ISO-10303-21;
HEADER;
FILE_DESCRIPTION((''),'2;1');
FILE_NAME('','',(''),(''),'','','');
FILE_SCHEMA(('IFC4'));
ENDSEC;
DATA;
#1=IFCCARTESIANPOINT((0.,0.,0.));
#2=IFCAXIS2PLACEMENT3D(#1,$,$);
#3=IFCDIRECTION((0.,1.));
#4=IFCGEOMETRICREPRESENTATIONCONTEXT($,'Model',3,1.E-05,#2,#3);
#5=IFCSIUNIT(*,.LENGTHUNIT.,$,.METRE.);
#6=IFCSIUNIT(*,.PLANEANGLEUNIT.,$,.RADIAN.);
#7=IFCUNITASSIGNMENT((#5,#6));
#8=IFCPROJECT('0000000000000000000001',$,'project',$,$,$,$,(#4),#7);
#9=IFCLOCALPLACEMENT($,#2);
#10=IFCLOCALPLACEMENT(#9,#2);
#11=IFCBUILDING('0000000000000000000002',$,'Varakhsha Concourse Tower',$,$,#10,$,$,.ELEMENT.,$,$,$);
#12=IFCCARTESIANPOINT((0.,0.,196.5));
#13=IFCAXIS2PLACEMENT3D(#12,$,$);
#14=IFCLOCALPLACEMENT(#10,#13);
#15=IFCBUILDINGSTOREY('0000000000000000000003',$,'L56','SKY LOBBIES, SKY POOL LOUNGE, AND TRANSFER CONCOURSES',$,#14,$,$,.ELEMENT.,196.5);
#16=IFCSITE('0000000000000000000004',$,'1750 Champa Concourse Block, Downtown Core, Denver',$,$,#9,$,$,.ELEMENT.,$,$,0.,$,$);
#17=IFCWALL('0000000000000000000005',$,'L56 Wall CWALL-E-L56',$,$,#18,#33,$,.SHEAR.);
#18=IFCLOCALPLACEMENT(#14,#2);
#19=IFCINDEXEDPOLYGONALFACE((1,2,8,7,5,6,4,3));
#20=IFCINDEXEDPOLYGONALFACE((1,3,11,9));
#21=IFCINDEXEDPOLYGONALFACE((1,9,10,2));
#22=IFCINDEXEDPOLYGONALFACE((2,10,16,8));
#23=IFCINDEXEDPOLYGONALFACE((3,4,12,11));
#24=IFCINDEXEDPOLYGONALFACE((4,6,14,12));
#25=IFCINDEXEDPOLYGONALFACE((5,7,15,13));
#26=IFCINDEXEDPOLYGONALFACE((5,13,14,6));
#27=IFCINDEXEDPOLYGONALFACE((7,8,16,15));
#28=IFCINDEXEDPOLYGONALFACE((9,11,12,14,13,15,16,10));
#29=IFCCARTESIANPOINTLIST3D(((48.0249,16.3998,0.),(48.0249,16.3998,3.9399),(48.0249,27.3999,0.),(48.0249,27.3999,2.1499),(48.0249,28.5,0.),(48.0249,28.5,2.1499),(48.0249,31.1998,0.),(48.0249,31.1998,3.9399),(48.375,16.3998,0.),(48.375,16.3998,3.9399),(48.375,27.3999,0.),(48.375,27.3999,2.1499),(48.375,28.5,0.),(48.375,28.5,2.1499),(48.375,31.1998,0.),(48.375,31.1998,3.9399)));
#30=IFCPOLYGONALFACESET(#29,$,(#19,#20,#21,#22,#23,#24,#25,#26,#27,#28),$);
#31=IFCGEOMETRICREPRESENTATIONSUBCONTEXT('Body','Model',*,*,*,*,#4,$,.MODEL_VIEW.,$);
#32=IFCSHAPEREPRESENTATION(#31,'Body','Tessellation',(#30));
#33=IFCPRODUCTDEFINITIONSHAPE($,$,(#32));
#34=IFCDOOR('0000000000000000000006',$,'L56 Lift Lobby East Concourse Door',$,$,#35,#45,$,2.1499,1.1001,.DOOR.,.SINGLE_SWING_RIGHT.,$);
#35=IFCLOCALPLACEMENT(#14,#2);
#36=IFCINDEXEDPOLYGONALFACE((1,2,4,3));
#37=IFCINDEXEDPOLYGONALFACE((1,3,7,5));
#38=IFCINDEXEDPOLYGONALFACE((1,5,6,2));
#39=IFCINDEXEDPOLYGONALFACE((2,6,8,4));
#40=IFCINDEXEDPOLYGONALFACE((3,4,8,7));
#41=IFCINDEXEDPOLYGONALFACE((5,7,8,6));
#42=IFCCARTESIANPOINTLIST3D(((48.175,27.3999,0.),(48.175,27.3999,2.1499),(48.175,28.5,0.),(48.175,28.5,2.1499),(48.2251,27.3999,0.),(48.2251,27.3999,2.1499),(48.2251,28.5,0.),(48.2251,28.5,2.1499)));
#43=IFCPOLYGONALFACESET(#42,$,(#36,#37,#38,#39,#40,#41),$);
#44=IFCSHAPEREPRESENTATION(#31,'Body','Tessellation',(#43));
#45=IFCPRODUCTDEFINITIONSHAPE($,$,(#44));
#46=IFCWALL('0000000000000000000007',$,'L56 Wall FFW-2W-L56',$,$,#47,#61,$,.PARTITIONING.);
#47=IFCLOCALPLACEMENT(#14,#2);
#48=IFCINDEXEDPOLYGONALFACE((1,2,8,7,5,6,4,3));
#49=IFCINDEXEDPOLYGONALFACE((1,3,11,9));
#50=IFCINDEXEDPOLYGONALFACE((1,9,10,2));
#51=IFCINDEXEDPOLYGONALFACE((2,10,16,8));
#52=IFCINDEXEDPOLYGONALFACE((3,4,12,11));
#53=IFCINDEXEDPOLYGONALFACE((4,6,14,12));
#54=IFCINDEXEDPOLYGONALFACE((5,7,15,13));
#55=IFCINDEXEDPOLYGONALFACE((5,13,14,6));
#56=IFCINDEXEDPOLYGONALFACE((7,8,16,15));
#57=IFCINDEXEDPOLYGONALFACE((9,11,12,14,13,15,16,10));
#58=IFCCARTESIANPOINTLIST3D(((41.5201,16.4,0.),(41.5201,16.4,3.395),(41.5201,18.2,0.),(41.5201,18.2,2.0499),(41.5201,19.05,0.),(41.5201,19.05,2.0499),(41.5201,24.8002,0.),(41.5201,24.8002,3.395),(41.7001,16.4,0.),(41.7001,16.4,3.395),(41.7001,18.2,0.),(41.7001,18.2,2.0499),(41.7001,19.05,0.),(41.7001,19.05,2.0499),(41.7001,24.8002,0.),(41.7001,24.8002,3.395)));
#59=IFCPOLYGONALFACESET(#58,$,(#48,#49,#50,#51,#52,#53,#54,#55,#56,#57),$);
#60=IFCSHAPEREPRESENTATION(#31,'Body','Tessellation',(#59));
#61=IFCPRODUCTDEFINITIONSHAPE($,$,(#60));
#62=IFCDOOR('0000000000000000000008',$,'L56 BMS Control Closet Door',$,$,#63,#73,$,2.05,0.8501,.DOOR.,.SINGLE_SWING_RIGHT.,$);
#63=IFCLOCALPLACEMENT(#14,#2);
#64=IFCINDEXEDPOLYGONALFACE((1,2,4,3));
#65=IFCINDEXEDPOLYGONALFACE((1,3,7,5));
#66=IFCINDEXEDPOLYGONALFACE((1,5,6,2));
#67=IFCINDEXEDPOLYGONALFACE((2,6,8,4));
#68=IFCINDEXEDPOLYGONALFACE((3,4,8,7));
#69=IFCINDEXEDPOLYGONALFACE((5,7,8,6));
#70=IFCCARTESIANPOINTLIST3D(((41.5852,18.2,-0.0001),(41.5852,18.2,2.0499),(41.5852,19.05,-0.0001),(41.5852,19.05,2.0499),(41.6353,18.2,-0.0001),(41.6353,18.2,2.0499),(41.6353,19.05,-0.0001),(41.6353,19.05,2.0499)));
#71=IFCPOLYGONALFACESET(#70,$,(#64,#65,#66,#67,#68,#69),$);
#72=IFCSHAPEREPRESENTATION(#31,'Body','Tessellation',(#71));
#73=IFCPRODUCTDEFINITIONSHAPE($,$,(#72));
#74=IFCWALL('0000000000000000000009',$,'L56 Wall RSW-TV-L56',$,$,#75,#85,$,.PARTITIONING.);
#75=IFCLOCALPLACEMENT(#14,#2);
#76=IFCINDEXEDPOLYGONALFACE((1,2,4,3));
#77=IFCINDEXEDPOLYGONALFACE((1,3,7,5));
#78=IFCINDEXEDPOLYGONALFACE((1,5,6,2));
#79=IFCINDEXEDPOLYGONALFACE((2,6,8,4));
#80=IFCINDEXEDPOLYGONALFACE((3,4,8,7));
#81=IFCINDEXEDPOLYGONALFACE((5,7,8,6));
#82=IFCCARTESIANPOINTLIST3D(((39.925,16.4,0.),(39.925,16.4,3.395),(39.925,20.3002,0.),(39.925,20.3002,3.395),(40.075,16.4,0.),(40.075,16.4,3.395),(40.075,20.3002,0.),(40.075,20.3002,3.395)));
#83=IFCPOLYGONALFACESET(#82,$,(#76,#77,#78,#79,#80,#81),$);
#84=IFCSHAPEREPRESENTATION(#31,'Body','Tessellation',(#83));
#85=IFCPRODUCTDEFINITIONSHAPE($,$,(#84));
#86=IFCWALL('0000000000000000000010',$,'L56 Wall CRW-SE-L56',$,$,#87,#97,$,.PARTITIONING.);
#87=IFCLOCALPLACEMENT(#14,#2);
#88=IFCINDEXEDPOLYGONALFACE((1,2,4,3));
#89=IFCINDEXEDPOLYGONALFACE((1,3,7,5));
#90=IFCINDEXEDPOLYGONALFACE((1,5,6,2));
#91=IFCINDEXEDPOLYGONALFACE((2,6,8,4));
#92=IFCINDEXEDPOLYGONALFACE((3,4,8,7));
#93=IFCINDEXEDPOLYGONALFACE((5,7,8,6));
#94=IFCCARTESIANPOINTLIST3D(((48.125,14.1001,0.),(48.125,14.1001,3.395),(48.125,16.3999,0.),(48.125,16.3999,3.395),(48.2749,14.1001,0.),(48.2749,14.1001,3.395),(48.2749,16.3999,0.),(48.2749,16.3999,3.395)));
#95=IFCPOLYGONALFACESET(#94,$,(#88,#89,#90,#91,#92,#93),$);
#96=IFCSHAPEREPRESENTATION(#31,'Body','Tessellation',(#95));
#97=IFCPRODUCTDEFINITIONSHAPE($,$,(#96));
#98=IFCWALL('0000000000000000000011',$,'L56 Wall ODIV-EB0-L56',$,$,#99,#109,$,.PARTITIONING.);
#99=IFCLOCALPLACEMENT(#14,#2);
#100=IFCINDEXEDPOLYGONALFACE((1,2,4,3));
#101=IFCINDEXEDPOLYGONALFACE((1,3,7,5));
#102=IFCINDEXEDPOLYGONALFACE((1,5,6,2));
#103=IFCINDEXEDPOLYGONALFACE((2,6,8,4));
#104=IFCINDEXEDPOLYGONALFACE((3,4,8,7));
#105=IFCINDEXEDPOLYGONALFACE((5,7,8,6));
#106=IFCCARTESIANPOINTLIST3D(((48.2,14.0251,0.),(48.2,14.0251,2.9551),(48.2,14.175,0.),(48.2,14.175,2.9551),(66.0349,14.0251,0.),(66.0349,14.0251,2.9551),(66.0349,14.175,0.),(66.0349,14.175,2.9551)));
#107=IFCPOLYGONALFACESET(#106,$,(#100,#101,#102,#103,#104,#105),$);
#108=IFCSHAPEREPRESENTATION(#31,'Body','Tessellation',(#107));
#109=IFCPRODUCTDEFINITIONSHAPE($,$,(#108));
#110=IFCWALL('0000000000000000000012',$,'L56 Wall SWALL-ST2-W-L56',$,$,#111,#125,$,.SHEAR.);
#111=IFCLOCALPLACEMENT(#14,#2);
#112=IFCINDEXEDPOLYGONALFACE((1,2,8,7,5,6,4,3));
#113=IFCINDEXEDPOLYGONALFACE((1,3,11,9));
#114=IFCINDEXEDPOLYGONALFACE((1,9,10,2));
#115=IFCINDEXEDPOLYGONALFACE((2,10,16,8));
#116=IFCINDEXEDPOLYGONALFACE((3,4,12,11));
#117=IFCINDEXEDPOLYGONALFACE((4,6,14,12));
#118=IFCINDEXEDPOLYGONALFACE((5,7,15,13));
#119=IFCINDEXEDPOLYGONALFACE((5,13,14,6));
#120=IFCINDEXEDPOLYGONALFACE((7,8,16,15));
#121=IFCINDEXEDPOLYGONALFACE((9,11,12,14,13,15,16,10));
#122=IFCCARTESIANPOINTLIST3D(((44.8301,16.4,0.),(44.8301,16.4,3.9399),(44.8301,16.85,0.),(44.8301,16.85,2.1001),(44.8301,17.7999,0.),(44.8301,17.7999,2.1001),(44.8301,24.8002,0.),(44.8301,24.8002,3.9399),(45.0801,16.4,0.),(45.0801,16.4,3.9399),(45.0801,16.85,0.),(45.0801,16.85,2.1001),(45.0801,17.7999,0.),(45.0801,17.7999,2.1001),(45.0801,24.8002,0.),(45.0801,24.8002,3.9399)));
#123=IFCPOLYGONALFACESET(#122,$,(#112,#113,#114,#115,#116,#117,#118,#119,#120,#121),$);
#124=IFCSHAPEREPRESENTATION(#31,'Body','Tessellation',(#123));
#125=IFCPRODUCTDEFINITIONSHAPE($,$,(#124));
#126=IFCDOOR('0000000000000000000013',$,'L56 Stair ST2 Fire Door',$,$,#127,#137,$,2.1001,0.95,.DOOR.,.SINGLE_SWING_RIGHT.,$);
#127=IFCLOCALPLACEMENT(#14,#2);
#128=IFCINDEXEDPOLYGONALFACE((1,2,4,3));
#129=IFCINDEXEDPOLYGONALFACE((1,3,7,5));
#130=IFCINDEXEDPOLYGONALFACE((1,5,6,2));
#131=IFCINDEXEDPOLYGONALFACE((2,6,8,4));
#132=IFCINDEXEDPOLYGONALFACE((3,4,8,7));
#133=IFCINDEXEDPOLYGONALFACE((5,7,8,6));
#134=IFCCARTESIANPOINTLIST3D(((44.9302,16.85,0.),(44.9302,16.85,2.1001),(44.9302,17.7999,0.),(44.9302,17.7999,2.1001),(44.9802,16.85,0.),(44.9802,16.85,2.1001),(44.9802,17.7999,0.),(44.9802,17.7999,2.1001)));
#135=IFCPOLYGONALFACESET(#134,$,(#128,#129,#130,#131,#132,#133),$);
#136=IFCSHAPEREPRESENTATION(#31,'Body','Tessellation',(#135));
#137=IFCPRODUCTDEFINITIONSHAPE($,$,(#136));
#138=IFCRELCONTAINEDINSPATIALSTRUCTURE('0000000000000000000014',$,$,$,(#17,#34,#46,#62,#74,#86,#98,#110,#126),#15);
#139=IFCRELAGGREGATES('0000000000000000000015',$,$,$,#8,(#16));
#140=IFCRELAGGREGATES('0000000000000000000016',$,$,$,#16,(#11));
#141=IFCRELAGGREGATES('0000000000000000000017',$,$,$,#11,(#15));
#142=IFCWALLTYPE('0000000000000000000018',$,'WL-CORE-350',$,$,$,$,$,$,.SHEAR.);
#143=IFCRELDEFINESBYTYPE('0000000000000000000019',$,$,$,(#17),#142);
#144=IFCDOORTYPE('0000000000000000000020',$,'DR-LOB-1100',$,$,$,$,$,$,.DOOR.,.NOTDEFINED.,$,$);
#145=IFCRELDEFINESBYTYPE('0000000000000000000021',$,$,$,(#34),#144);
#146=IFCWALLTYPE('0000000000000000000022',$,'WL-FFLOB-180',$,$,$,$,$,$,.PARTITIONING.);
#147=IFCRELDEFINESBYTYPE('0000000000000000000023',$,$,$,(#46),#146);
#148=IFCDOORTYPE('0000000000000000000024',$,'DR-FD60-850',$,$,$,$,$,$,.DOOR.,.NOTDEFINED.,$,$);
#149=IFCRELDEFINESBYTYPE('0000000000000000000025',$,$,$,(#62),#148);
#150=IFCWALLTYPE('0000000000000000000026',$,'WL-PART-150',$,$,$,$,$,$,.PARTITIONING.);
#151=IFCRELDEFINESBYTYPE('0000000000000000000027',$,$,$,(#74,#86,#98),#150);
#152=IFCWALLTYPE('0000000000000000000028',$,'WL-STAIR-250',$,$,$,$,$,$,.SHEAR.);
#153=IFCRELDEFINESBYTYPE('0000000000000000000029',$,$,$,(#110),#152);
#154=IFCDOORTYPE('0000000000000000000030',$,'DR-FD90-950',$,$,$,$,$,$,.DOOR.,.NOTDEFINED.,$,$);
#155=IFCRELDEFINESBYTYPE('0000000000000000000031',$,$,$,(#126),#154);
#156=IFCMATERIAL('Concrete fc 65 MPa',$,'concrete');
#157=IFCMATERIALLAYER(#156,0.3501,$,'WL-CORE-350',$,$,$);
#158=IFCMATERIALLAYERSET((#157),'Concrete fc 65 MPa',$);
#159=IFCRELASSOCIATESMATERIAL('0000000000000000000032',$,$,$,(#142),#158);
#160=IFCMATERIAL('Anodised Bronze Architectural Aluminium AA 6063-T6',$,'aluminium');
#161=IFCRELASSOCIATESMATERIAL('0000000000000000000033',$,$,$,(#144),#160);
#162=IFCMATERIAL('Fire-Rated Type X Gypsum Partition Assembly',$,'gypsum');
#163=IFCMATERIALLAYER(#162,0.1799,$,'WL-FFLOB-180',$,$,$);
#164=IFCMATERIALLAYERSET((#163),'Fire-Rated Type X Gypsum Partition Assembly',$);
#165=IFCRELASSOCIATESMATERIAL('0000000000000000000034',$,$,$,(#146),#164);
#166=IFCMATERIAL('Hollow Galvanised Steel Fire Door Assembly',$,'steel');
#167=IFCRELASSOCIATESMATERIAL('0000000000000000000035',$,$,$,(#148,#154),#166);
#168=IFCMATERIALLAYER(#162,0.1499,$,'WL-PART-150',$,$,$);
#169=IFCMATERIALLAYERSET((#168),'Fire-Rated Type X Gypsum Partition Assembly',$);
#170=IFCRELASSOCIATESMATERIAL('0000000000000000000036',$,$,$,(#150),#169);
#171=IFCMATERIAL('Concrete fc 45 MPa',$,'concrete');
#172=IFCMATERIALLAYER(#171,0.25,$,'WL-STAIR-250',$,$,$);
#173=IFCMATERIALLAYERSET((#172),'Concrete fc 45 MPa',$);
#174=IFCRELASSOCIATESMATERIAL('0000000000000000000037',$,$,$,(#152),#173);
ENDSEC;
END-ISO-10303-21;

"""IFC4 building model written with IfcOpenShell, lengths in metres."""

from ifc_helpers import new_model, si_unit, direction, frame, frame_2d, origin, place, context, subcontext, project, spatial, rectangle, extrude, material, layer, layer_set, type_object, element, fill, save


model = new_model("IFC4")

# Units and contexts
model_context = context("Model", 3, precision=1e-05, world=origin(), true_north=direction((0.0, 1.0)))
body_context = subcontext(model_context, "Body", "Model", "MODEL_VIEW")
ifc_project = project(units=[si_unit("LENGTHUNIT", "METRE"), si_unit("PLANEANGLEUNIT", "RADIAN")], contexts=[model_context])

# Site, building, storey
site_placement = place(None, origin())
site = spatial("IfcSite", under=ifc_project, at=site_placement, Name="1750 Champa Concourse Block, Downtown Core, Denver", CompositionType="ELEMENT", RefElevation=0.0)
building_placement = place(site_placement, origin())
building = spatial("IfcBuilding", under=site, at=building_placement, Name="Varakhsha Concourse Tower", CompositionType="ELEMENT")
storey_placement = place(building_placement, frame((0.0, 0.0, 196.5)))
storey = spatial("IfcBuildingStorey", under=building, at=storey_placement, Name="L56", Description="SKY LOBBIES, SKY POOL LOUNGE, AND TRANSFER CONCOURSES", CompositionType="ELEMENT", Elevation=196.5)

# Walls, openings, doors
ifc_material_1 = material(Name="Concrete fc 65 MPa", Category="concrete")
ifc_layer_1 = layer(ifc_material_1, 0.3501, Name="WL-CORE-350")
ifc_layer_set_1 = layer_set([ifc_layer_1], Name="Concrete fc 65 MPa")
wall_type_1 = type_object("IfcWallType", Name="WL-CORE-350", PredefinedType="SHEAR", material=ifc_layer_set_1)
wall_1_placement = place(storey_placement, frame((48.2, 16.3999, 0.0), z_axis=(0.0, 0.0, 1.0), x_axis=(0.0, 1.0, 0.0)))
wall_1 = element("IfcWall", 1, at=wall_1_placement, inside=storey, type_object=wall_type_1, Name="L56 Wall CWALL-E-L56", PredefinedType="SHEAR", context=body_context, shape_type="SweptSolid", body=[
    extrude(rectangle(XDim=14.8, YDim=0.3501, at=frame_2d((7.3999, 0.0))), origin(), (0.0, 0.0, 1.0), 3.9399),
])
opening_1_placement = place(wall_1_placement, frame((11.0, 0.0, 0.0)))
opening_1 = element("IfcOpeningElement", 2, at=opening_1_placement, cuts=wall_1, PredefinedType="OPENING", context=body_context, shape_type="SweptSolid", body=[
    extrude(rectangle(XDim=1.1001, YDim=2.1499, at=frame_2d((0.55, 1.075))), frame((0.0, 0.1851, 0.0), z_axis=(0.0, -1.0, 0.0), x_axis=(1.0, 0.0, 0.0)), (0.0, 0.0, 1.0), 0.3701),
])
ifc_material_2 = material(Name="Anodised Bronze Architectural Aluminium AA 6063-T6", Category="aluminium")
door_type_1 = type_object("IfcDoorType", Name="DR-LOB-1100", OperationType="NOTDEFINED", PredefinedType="DOOR", material=ifc_material_2)
door_1_placement = place(opening_1_placement, origin())
door_1 = element("IfcDoor", 3, at=door_1_placement, inside=storey, type_object=door_type_1, Name="L56 Lift Lobby East Concourse Door", OperationType="SINGLE_SWING_RIGHT", OverallHeight=2.1499, OverallWidth=1.1001, PredefinedType="DOOR", context=body_context, shape_type="SweptSolid", body=[
    extrude(rectangle(XDim=1.1001, YDim=2.1499, at=frame_2d((0.55, 1.075))), frame((0.0, 0.0249, 0.0), z_axis=(0.0, -1.0, 0.0), x_axis=(1.0, 0.0, 0.0)), (0.0, 0.0, 1.0), 0.05),
])
fill(opening_1, door_1)
ifc_material_3 = material(Name="Fire-Rated Type X Gypsum Partition Assembly", Category="gypsum")
ifc_layer_2 = layer(ifc_material_3, 0.1799, Name="WL-FFLOB-180")
ifc_layer_set_2 = layer_set([ifc_layer_2], Name="Fire-Rated Type X Gypsum Partition Assembly")
wall_type_2 = type_object("IfcWallType", Name="WL-FFLOB-180", PredefinedType="PARTITIONING", material=ifc_layer_set_2)
wall_2_placement = place(storey_placement, frame((41.6101, 16.3999, 0.0), z_axis=(0.0, 0.0, 1.0), x_axis=(0.0, 1.0, 0.0)))
wall_2 = element("IfcWall", 4, at=wall_2_placement, inside=storey, type_object=wall_type_2, Name="L56 Wall FFW-2W-L56", PredefinedType="PARTITIONING", context=body_context, shape_type="SweptSolid", body=[
    extrude(rectangle(XDim=8.4001, YDim=0.1799, at=frame_2d((4.2002, 0.0))), origin(), (0.0, 0.0, 1.0), 3.395),
])
opening_2_placement = place(wall_2_placement, frame((1.8, 0.0, 0.0)))
opening_2 = element("IfcOpeningElement", 5, at=opening_2_placement, cuts=wall_2, PredefinedType="OPENING", context=body_context, shape_type="SweptSolid", body=[
    extrude(rectangle(XDim=0.8501, YDim=2.05, at=frame_2d((0.425, 1.0249))), frame((0.0, 0.0999, 0.0), z_axis=(0.0, -1.0, 0.0), x_axis=(1.0, 0.0, 0.0)), (0.0, 0.0, 1.0), 0.2),
])
ifc_material_4 = material(Name="Hollow Galvanised Steel Fire Door Assembly", Category="steel")
door_type_2 = type_object("IfcDoorType", Name="DR-FD60-850", OperationType="NOTDEFINED", PredefinedType="DOOR", material=ifc_material_4)
door_2_placement = place(opening_2_placement, origin())
door_2 = element("IfcDoor", 6, at=door_2_placement, inside=storey, type_object=door_type_2, Name="L56 BMS Control Closet Door", OperationType="SINGLE_SWING_RIGHT", OverallHeight=2.05, OverallWidth=0.8501, PredefinedType="DOOR", context=body_context, shape_type="SweptSolid", body=[
    extrude(rectangle(XDim=0.8501, YDim=2.05, at=frame_2d((0.425, 1.0249))), frame((0.0, 0.0249, 0.0), z_axis=(0.0, -1.0, 0.0), x_axis=(1.0, 0.0, 0.0)), (0.0, 0.0, 1.0), 0.05),
])
fill(opening_2, door_2)

# Walls
ifc_layer_3 = layer(ifc_material_3, 0.1499, Name="WL-PART-150")
ifc_layer_set_3 = layer_set([ifc_layer_3], Name="Fire-Rated Type X Gypsum Partition Assembly")
wall_type_3 = type_object("IfcWallType", Name="WL-PART-150", PredefinedType="PARTITIONING", material=ifc_layer_set_3)
wall_3_placement = place(storey_placement, frame((40.0, 16.3999, 0.0), z_axis=(0.0, 0.0, 1.0), x_axis=(0.0, 1.0, 0.0)))
element("IfcWall", 7, at=wall_3_placement, inside=storey, type_object=wall_type_3, Name="L56 Wall RSW-TV-L56", PredefinedType="PARTITIONING", context=body_context, shape_type="SweptSolid", body=[
    extrude(rectangle(XDim=3.9001, YDim=0.1499, at=frame_2d((1.9502, 0.0))), origin(), (0.0, 0.0, 1.0), 3.395),
])
wall_4_placement = place(storey_placement, frame((48.2, 14.1001, 0.0), z_axis=(0.0, 0.0, 1.0), x_axis=(0.0, 1.0, 0.0)))
element("IfcWall", 8, at=wall_4_placement, inside=storey, type_object=wall_type_3, Name="L56 Wall CRW-SE-L56", PredefinedType="PARTITIONING", context=body_context, shape_type="SweptSolid", body=[
    extrude(rectangle(XDim=2.2998, YDim=0.1499, at=frame_2d((1.1499, 0.0))), origin(), (0.0, 0.0, 1.0), 3.395),
])
wall_5_placement = place(storey_placement, frame((48.2, 14.1001, 0.0), z_axis=(0.0, 0.0, 1.0), x_axis=(1.0, 0.0, 0.0)))
element("IfcWall", 9, at=wall_5_placement, inside=storey, type_object=wall_type_3, Name="L56 Wall ODIV-EB0-L56", PredefinedType="PARTITIONING", context=body_context, shape_type="SweptSolid", body=[
    extrude(rectangle(XDim=17.835, YDim=0.1499, at=frame_2d((8.9175, 0.0))), origin(), (0.0, 0.0, 1.0), 2.9551),
])

# Wall, opening, door
ifc_material_5 = material(Name="Concrete fc 45 MPa", Category="concrete")
ifc_layer_4 = layer(ifc_material_5, 0.25, Name="WL-STAIR-250")
ifc_layer_set_4 = layer_set([ifc_layer_4], Name="Concrete fc 45 MPa")
wall_type_4 = type_object("IfcWallType", Name="WL-STAIR-250", PredefinedType="SHEAR", material=ifc_layer_set_4)
wall_6_placement = place(storey_placement, frame((44.9551, 16.3999, 0.0), z_axis=(0.0, 0.0, 1.0), x_axis=(0.0, 1.0, 0.0)))
wall_6 = element("IfcWall", 10, at=wall_6_placement, inside=storey, type_object=wall_type_4, Name="L56 Wall SWALL-ST2-W-L56", PredefinedType="SHEAR", context=body_context, shape_type="SweptSolid", body=[
    extrude(rectangle(XDim=8.4001, YDim=0.25, at=frame_2d((4.2002, 0.0))), origin(), (0.0, 0.0, 1.0), 3.9399),
])
opening_3_placement = place(wall_6_placement, frame((0.45, 0.0, 0.0)))
opening_3 = element("IfcOpeningElement", 11, at=opening_3_placement, cuts=wall_6, PredefinedType="OPENING", context=body_context, shape_type="SweptSolid", body=[
    extrude(rectangle(XDim=0.95, YDim=2.1001, at=frame_2d((0.4751, 1.05))), frame((0.0, 0.135, 0.0), z_axis=(0.0, -1.0, 0.0), x_axis=(1.0, 0.0, 0.0)), (0.0, 0.0, 1.0), 0.27),
])
door_type_3 = type_object("IfcDoorType", Name="DR-FD90-950", OperationType="NOTDEFINED", PredefinedType="DOOR", material=ifc_material_4)
door_3_placement = place(opening_3_placement, origin())
door_3 = element("IfcDoor", 12, at=door_3_placement, inside=storey, type_object=door_type_3, Name="L56 Stair ST2 Fire Door", OperationType="SINGLE_SWING_RIGHT", OverallHeight=2.1001, OverallWidth=0.95, PredefinedType="DOOR", context=body_context, shape_type="SweptSolid", body=[
    extrude(rectangle(XDim=0.95, YDim=2.1001, at=frame_2d((0.4751, 1.05))), frame((0.0, 0.0249, 0.0), z_axis=(0.0, -1.0, 0.0), x_axis=(1.0, 0.0, 0.0)), (0.0, 0.0, 1.0), 0.05),
])
fill(opening_3, door_3)

save(model, "model.ifc")
